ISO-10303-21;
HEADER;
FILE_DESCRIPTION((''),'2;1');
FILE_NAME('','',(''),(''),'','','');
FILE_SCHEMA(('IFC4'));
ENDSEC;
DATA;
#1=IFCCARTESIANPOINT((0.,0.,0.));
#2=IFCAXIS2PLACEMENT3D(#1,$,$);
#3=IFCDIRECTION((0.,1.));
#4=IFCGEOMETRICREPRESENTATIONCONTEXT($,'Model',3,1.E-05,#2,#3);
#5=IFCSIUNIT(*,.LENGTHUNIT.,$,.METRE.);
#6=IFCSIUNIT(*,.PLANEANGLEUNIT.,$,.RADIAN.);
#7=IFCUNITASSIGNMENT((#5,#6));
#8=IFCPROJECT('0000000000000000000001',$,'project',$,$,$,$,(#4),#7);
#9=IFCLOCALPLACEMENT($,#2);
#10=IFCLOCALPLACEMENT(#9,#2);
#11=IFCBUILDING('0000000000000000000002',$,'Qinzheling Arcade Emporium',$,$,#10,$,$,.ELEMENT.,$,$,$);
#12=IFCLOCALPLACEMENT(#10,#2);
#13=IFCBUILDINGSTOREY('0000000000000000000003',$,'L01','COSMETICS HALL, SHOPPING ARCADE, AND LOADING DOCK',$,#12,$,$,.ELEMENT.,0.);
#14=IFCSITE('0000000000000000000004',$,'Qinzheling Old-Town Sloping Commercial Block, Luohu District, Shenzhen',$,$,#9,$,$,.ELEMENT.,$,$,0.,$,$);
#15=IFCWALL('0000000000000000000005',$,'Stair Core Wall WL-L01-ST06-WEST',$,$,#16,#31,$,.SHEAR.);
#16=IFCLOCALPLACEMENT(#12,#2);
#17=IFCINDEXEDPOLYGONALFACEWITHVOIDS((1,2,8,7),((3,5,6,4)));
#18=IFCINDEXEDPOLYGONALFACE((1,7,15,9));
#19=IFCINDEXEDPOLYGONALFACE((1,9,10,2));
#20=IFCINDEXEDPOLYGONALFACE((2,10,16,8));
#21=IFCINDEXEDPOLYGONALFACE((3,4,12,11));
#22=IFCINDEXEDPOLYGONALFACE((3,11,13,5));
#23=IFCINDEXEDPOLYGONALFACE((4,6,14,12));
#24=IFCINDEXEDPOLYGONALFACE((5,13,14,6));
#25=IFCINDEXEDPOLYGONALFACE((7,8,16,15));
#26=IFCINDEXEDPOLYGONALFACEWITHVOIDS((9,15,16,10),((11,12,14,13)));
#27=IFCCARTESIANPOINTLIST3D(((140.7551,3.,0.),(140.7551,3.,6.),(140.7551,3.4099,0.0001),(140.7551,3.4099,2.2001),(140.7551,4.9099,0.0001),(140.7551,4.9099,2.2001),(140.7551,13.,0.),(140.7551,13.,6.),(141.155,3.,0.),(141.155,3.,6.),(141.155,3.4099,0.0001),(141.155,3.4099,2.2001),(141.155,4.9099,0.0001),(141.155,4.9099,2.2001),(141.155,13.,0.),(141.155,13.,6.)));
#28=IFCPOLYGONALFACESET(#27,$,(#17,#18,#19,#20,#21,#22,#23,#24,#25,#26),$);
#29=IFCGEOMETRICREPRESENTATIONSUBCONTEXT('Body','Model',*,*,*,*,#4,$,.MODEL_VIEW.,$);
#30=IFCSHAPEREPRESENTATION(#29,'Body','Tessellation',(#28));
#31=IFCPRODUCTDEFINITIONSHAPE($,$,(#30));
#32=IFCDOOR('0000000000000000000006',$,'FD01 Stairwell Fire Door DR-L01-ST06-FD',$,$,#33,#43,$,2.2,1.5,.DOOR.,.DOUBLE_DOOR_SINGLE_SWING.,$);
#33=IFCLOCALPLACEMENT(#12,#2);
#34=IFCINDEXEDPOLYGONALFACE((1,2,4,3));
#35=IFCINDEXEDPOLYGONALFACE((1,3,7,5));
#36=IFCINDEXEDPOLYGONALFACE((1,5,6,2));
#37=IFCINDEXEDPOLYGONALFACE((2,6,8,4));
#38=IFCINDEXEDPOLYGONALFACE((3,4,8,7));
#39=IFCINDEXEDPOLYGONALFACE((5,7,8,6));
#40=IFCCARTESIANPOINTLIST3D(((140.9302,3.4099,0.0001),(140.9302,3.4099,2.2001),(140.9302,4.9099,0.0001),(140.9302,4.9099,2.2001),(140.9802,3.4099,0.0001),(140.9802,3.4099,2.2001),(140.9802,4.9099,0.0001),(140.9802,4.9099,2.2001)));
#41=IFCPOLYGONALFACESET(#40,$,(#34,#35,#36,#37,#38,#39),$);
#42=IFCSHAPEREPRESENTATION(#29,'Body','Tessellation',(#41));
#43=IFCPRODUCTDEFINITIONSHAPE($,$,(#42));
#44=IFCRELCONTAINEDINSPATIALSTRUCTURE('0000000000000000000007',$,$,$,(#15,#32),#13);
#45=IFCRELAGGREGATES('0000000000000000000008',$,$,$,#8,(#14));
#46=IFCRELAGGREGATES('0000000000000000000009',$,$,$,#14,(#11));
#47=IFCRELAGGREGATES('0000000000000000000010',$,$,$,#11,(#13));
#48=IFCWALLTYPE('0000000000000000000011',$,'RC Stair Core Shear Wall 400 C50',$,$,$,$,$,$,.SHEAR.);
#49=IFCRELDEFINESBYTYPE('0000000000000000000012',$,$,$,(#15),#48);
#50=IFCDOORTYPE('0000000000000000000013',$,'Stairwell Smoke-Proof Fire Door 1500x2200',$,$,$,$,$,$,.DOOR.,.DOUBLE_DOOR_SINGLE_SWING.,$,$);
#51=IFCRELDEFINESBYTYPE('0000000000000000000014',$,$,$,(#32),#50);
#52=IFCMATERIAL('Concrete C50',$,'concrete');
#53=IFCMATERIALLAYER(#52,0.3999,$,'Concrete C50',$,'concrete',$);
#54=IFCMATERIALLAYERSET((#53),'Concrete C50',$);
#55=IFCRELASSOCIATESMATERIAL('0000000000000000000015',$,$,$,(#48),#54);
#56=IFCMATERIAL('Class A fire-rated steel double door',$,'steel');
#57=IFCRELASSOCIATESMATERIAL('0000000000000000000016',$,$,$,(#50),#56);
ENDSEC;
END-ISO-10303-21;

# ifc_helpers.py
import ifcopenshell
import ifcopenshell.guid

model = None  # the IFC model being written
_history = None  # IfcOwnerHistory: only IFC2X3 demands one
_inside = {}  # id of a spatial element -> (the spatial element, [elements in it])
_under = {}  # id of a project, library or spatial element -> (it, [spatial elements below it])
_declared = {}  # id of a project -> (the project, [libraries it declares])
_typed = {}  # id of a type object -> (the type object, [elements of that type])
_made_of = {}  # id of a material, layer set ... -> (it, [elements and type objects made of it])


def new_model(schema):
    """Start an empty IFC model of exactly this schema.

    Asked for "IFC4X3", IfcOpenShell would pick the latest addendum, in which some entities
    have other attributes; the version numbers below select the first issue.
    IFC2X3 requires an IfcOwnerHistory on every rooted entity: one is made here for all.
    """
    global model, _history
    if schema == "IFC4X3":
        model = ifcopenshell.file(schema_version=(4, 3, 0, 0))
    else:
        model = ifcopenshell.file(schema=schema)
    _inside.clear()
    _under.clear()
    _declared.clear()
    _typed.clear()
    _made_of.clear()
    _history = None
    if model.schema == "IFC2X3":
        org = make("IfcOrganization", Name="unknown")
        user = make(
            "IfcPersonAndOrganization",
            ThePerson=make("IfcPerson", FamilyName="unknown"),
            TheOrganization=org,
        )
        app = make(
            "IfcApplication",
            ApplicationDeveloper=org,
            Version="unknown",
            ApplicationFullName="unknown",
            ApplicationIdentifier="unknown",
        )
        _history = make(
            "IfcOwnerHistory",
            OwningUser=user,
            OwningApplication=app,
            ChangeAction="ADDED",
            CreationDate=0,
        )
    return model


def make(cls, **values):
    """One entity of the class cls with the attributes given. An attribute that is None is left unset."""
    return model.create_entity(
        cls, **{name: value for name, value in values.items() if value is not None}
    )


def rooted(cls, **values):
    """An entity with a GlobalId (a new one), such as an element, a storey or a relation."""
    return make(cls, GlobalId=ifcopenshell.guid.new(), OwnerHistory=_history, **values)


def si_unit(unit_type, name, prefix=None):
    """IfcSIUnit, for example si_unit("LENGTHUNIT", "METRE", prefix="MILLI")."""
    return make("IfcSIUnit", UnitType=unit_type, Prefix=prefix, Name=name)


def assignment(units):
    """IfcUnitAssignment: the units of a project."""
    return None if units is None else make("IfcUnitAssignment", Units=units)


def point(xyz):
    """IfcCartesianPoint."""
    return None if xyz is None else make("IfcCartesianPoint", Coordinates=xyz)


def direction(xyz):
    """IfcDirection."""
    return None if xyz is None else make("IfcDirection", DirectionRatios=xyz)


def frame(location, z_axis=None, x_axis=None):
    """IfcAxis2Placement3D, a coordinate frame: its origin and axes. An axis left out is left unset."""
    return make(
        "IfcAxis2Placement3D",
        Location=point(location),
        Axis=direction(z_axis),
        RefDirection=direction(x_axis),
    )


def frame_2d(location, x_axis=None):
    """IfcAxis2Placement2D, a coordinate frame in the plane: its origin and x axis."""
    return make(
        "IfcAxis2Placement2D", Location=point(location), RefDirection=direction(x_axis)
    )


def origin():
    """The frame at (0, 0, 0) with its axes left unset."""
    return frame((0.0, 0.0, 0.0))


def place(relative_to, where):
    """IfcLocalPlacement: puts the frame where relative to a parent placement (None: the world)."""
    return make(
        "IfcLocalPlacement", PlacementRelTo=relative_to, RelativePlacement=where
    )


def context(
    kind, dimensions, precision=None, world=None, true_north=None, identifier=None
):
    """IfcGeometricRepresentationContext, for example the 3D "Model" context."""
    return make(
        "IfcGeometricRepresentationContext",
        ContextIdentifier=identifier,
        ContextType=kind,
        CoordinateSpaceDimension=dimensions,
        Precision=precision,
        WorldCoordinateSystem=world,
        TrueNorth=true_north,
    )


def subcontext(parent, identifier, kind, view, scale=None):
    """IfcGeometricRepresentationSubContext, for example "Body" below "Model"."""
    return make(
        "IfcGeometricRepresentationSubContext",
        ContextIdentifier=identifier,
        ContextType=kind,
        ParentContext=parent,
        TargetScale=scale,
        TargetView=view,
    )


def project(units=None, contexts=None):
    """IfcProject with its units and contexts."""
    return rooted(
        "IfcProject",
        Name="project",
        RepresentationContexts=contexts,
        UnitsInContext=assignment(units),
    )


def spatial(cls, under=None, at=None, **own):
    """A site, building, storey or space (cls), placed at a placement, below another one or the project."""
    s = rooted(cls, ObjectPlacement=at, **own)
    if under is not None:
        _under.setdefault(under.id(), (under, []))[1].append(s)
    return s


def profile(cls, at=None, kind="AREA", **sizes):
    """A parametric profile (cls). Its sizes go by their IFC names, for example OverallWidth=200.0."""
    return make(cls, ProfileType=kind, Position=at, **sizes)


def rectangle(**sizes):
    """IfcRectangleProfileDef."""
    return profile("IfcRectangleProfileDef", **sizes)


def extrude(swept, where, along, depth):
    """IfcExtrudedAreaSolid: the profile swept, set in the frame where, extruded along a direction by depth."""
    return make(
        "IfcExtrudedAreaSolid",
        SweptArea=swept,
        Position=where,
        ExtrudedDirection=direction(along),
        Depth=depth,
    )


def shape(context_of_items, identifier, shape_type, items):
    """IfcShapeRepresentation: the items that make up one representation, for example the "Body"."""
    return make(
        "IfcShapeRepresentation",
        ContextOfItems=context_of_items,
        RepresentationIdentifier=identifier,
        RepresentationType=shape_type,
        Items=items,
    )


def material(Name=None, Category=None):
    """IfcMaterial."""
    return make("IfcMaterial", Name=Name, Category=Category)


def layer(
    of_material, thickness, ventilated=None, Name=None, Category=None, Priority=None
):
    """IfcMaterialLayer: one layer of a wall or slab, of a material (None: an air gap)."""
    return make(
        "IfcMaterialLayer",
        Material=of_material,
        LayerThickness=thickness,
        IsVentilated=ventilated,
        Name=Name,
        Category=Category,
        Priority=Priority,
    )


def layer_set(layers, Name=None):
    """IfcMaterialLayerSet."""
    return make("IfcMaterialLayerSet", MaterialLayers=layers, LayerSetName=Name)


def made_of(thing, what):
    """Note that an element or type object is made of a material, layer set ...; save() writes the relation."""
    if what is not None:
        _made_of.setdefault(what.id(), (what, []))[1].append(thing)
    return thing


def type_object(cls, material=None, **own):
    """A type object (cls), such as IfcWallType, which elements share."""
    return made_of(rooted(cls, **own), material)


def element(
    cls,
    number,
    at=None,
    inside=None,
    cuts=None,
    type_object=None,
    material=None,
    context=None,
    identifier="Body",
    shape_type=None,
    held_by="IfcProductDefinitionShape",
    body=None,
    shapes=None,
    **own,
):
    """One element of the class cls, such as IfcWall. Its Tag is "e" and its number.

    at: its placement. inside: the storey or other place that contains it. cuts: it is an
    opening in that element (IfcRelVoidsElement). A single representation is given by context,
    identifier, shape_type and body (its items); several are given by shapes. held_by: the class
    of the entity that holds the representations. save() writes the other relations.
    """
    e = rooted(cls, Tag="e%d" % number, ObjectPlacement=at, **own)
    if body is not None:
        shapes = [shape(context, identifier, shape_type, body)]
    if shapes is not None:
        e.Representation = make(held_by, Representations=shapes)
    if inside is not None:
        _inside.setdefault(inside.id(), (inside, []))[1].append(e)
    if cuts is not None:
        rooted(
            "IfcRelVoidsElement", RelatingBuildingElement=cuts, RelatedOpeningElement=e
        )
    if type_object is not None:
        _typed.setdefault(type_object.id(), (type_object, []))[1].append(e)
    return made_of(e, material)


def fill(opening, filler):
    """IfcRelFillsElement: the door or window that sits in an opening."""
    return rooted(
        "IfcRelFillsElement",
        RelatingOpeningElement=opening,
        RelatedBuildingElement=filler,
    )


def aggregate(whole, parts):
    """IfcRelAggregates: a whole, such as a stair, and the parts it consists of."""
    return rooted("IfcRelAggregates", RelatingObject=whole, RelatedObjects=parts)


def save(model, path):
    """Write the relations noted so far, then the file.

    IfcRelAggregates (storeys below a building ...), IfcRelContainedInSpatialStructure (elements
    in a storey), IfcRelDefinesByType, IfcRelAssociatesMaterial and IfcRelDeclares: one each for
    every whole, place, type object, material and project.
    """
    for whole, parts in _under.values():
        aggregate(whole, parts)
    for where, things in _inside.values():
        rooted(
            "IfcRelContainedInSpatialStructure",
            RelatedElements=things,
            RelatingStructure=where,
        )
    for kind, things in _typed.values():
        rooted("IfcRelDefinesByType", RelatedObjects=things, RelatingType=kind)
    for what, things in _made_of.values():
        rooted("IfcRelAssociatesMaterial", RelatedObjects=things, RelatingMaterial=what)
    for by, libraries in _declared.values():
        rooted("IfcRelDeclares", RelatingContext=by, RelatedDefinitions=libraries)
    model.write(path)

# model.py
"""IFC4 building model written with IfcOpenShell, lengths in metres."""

from ifc_helpers import new_model, si_unit, direction, frame, frame_2d, origin, place, context, subcontext, project, spatial, rectangle, extrude, material, layer, layer_set, type_object, element, fill, save


model = new_model("IFC4")

# Units and contexts
model_context = context("Model", 3, precision=1e-05, world=origin(), true_north=direction((0.0, 1.0)))
body_context = subcontext(model_context, "Body", "Model", "MODEL_VIEW")
ifc_project = project(units=[si_unit("LENGTHUNIT", "METRE"), si_unit("PLANEANGLEUNIT", "RADIAN")], contexts=[model_context])

# Site, building, storey
site_placement = place(None, origin())
site = spatial("IfcSite", under=ifc_project, at=site_placement, Name="Qinzheling Old-Town Sloping Commercial Block, Luohu District, Shenzhen", CompositionType="ELEMENT", RefElevation=0.0)
building_placement = place(site_placement, origin())
building = spatial("IfcBuilding", under=site, at=building_placement, Name="Qinzheling Arcade Emporium", CompositionType="ELEMENT")
storey_placement = place(building_placement, origin())
storey = spatial("IfcBuildingStorey", under=building, at=storey_placement, Name="L01", Description="COSMETICS HALL, SHOPPING ARCADE, AND LOADING DOCK", CompositionType="ELEMENT", Elevation=0.0)

# Shared definitions
ifc_material_1 = material(Name="Concrete C50", Category="concrete")

# Wall, opening, door
ifc_layer_1 = layer(ifc_material_1, 0.3999, Name="Concrete C50", Category="concrete")
ifc_layer_set_1 = layer_set([ifc_layer_1], Name="Concrete C50")
wall_type_1 = type_object("IfcWallType", Name="RC Stair Core Shear Wall 400 C50", PredefinedType="SHEAR", material=ifc_layer_set_1)
wall_1_placement = place(storey_placement, frame((140.9551, 3.0, 0.0), z_axis=(0.0, 0.0, 1.0), x_axis=(0.0, 1.0, 0.0)))
wall_1 = element("IfcWall", 1, at=wall_1_placement, inside=storey, type_object=wall_type_1, Name="Stair Core Wall WL-L01-ST06-WEST", PredefinedType="SHEAR", context=body_context, shape_type="SweptSolid", body=[
    extrude(rectangle(XDim=10.0, YDim=0.3999, at=frame_2d((5.0, 0.0))), origin(), (0.0, 0.0, 1.0), 6.0),
])
opening_1_placement = place(wall_1_placement, frame((0.4099, 0.0, 0.0)))
opening_1 = element("IfcOpeningElement", 2, at=opening_1_placement, cuts=wall_1, PredefinedType="OPENING", context=body_context, shape_type="SweptSolid", body=[
    extrude(rectangle(XDim=1.5, YDim=2.2, at=frame_2d((0.75, 1.1001))), frame((0.0, 0.21, 0.0), z_axis=(0.0, -1.0, 0.0), x_axis=(1.0, 0.0, 0.0)), (0.0, 0.0, 1.0), 0.4199),
])
ifc_material_2 = material(Name="Class A fire-rated steel double door", Category="steel")
door_type_1 = type_object("IfcDoorType", Name="Stairwell Smoke-Proof Fire Door 1500x2200", OperationType="DOUBLE_DOOR_SINGLE_SWING", PredefinedType="DOOR", material=ifc_material_2)
door_1_placement = place(opening_1_placement, origin())
door_1 = element("IfcDoor", 3, at=door_1_placement, inside=storey, type_object=door_type_1, Name="FD01 Stairwell Fire Door DR-L01-ST06-FD", OperationType="DOUBLE_DOOR_SINGLE_SWING", OverallHeight=2.2, OverallWidth=1.5, PredefinedType="DOOR", context=body_context, shape_type="SweptSolid", body=[
    extrude(rectangle(XDim=1.5, YDim=2.2, at=frame_2d((0.75, 1.1001))), frame((0.0, 0.0249, 0.0), z_axis=(0.0, -1.0, 0.0), x_axis=(1.0, 0.0, 0.0)), (0.0, 0.0, 1.0), 0.05),
])
fill(opening_1, door_1)

save(model, "model.ifc")
